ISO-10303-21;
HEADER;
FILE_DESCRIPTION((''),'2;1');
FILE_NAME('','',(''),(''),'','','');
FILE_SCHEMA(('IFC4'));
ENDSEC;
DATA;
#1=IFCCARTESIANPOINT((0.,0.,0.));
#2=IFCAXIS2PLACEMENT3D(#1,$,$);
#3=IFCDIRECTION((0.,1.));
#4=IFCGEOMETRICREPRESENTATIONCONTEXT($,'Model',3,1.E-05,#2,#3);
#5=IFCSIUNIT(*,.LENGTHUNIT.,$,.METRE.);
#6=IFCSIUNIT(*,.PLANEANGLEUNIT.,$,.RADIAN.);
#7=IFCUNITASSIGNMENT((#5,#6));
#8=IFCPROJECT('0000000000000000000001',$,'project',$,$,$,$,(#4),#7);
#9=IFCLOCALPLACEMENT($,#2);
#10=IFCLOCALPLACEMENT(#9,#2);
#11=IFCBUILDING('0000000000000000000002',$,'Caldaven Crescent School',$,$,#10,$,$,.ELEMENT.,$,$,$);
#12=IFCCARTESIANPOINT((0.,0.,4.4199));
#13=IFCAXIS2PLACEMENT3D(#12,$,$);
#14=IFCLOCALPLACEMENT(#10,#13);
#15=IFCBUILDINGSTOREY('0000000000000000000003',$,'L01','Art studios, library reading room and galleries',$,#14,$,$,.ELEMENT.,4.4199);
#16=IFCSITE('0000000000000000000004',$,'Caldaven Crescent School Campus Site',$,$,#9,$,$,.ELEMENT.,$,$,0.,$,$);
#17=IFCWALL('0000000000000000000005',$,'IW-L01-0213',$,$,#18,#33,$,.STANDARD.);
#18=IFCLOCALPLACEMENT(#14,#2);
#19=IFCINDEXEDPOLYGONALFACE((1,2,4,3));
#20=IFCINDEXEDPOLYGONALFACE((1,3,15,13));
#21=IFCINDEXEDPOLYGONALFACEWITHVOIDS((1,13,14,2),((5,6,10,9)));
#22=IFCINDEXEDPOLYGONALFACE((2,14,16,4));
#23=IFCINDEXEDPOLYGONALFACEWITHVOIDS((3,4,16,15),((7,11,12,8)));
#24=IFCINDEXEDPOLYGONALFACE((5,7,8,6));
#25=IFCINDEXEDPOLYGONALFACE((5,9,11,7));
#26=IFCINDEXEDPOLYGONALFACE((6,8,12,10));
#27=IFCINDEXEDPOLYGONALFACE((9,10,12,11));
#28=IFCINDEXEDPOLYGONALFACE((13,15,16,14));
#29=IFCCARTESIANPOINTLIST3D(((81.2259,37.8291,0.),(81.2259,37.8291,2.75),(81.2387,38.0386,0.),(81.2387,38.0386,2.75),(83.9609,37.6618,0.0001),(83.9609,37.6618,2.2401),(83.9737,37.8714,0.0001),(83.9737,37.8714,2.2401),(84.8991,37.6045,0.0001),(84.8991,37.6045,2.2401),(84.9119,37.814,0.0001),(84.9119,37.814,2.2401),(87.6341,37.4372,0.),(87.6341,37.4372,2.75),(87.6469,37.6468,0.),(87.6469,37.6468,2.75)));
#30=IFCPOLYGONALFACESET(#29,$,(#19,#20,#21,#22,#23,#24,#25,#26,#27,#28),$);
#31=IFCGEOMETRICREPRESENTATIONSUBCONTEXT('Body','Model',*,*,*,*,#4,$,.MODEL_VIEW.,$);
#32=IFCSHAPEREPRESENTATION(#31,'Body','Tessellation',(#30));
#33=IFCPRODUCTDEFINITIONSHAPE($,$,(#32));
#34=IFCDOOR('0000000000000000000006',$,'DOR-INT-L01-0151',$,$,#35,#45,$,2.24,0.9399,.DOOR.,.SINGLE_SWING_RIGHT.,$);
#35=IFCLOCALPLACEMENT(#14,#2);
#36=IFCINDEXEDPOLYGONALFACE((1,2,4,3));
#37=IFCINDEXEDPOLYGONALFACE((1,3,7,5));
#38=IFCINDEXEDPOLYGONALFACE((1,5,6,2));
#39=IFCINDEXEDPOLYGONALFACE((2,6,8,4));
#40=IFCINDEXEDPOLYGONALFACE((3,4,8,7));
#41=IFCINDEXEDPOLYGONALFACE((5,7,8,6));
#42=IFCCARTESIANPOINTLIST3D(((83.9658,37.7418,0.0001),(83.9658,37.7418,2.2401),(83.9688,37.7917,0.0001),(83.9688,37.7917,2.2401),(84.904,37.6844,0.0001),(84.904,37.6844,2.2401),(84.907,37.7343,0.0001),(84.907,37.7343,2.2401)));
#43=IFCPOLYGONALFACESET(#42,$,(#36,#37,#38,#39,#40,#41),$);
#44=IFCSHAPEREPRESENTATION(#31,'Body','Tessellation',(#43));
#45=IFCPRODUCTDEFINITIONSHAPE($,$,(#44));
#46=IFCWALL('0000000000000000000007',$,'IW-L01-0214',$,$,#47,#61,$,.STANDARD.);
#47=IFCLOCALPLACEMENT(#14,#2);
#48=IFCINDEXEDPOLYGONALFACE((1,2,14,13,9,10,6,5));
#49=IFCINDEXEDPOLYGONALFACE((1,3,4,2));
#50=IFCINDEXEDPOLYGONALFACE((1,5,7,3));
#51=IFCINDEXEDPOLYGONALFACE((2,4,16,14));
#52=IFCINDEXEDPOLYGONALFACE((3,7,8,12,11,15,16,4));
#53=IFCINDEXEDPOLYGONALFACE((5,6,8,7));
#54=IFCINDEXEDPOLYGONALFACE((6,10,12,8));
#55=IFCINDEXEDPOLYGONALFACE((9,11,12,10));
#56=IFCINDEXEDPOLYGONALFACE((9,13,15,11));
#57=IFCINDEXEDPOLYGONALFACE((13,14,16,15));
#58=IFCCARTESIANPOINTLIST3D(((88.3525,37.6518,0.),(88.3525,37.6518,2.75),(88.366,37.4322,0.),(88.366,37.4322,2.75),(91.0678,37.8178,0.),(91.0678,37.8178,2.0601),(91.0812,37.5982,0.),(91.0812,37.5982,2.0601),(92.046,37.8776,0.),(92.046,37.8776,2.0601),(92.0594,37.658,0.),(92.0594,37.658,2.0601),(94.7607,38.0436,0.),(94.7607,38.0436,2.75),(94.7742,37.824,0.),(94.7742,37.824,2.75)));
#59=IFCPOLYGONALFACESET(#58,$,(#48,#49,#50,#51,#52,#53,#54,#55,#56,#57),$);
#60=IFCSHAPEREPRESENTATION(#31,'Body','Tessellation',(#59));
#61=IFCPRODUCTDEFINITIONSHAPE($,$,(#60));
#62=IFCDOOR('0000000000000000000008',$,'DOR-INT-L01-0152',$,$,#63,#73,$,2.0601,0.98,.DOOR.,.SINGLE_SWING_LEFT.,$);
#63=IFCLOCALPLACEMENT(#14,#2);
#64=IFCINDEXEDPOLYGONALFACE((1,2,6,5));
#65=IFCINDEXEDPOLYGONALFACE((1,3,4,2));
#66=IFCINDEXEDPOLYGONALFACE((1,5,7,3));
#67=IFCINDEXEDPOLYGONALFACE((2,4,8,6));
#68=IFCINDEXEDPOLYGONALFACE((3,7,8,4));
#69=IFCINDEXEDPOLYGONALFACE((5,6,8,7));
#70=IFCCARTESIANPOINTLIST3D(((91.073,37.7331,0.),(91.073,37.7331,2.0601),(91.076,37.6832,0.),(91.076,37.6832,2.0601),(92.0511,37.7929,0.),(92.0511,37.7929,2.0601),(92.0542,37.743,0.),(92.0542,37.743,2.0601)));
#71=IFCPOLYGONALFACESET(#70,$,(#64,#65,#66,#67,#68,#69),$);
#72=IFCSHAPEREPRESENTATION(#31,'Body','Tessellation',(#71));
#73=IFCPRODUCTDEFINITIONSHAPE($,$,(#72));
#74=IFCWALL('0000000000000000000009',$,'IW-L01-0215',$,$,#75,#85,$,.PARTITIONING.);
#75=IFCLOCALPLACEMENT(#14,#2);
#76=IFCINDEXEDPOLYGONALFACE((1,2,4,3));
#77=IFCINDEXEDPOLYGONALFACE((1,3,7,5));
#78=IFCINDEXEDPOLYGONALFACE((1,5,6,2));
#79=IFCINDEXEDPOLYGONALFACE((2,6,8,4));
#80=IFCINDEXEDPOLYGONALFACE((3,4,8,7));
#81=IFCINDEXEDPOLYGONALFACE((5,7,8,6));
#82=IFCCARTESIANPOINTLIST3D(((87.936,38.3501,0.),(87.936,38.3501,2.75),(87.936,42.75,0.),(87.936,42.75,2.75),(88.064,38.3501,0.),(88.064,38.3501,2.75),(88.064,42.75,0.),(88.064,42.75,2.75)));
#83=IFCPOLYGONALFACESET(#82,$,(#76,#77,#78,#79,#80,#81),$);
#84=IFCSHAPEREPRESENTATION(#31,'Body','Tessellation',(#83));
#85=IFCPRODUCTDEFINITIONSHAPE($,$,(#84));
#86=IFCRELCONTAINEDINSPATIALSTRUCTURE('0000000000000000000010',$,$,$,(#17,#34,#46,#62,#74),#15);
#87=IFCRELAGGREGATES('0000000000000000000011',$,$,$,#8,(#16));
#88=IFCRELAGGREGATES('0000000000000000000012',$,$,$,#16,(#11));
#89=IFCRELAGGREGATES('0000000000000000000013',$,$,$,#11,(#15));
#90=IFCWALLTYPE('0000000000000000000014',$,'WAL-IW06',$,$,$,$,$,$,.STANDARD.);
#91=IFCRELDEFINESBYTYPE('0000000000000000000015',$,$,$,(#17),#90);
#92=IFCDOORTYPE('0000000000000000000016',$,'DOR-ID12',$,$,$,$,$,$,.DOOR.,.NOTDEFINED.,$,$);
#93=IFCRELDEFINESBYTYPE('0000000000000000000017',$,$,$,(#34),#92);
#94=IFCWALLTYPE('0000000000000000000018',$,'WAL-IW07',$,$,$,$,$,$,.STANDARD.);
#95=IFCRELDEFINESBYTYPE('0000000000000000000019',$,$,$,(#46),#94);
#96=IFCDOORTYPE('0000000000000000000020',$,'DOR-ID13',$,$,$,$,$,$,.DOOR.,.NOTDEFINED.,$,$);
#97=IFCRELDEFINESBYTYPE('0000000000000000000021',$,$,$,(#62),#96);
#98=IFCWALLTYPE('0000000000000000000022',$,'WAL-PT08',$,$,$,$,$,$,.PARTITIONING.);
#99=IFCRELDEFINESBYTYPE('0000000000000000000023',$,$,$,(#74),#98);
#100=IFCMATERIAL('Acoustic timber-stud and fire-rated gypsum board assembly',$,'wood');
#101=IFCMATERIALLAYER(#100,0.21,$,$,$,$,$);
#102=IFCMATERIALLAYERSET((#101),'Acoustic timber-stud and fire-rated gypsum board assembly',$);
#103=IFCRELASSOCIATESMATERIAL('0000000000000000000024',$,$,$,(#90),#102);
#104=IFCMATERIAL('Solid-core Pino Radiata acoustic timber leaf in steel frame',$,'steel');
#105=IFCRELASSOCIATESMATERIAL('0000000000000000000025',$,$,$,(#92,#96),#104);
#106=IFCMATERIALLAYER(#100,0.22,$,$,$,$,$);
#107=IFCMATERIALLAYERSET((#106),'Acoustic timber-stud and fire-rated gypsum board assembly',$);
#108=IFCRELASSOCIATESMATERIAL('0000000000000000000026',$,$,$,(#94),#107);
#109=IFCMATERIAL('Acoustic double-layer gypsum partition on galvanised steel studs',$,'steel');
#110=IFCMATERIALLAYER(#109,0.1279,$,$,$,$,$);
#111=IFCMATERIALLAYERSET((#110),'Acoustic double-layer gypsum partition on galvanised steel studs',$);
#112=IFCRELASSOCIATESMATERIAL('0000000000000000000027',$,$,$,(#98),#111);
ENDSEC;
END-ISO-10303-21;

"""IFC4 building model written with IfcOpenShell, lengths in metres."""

from ifc_helpers import new_model, si_unit, direction, frame, frame_2d, origin, place, context, subcontext, project, spatial, rectangle, extrude, material, layer, layer_set, type_object, element, fill, save


model = new_model("IFC4")

# Units and contexts
model_context = context("Model", 3, precision=1e-05, world=origin(), true_north=direction((0.0, 1.0)))
body_context = subcontext(model_context, "Body", "Model", "MODEL_VIEW")
ifc_project = project(units=[si_unit("LENGTHUNIT", "METRE"), si_unit("PLANEANGLEUNIT", "RADIAN")], contexts=[model_context])

# Site, building, storey
site_placement = place(None, origin())
site = spatial("IfcSite", under=ifc_project, at=site_placement, Name="Caldaven Crescent School Campus Site", CompositionType="ELEMENT", RefElevation=0.0)
building_placement = place(site_placement, origin())
building = spatial("IfcBuilding", under=site, at=building_placement, Name="Caldaven Crescent School", CompositionType="ELEMENT")
storey_placement = place(building_placement, frame((0.0, 0.0, 4.4199)))
storey = spatial("IfcBuildingStorey", under=building, at=storey_placement, Name="L01", Description="Art studios, library reading room and galleries", CompositionType="ELEMENT", Elevation=4.4199)

# Walls, openings, doors
ifc_material_1 = material(Name="Acoustic timber-stud and fire-rated gypsum board assembly", Category="wood")
ifc_layer_1 = layer(ifc_material_1, 0.21)
ifc_layer_set_1 = layer_set([ifc_layer_1], Name="Acoustic timber-stud and fire-rated gypsum board assembly")
wall_type_1 = type_object("IfcWallType", Name="WAL-IW06", PredefinedType="STANDARD", material=ifc_layer_set_1)
wall_1_placement = place(storey_placement, frame((81.2324, 37.9338, 0.0), z_axis=(0.0, 0.0, 1.0), x_axis=(0.998136, -0.061034, 0.0)))
wall_1 = element("IfcWall", 1, at=wall_1_placement, inside=storey, type_object=wall_type_1, Name="IW-L01-0213", PredefinedType="STANDARD", context=body_context, shape_type="SweptSolid", body=[
    extrude(rectangle(XDim=6.4202, YDim=0.21, at=frame_2d((3.21, 0.0))), origin(), (0.0, 0.0, 1.0), 2.75),
])
opening_1_placement = place(wall_1_placement, frame((2.74, 0.0, 0.0)))
opening_1 = element("IfcOpeningElement", 2, at=opening_1_placement, cuts=wall_1, PredefinedType="OPENING", context=body_context, shape_type="SweptSolid", body=[
    extrude(rectangle(XDim=0.9399, YDim=2.24, at=frame_2d((0.47, 1.1201))), frame((0.0, 0.115, 0.0), z_axis=(0.0, -1.0, 0.0), x_axis=(1.0, 0.0, 0.0)), (0.0, 0.0, 1.0), 0.23),
])
ifc_material_2 = material(Name="Solid-core Pino Radiata acoustic timber leaf in steel frame", Category="steel")
door_type_1 = type_object("IfcDoorType", Name="DOR-ID12", OperationType="NOTDEFINED", PredefinedType="DOOR", material=ifc_material_2)
door_1_placement = place(opening_1_placement, frame((0.9399, 0.0, 0.0), z_axis=(0.0, 0.0, 1.0), x_axis=(-1.0, 0.0, 0.0)))
door_1 = element("IfcDoor", 3, at=door_1_placement, inside=storey, type_object=door_type_1, Name="DOR-INT-L01-0151", OperationType="SINGLE_SWING_RIGHT", OverallHeight=2.24, OverallWidth=0.9399, PredefinedType="DOOR", context=body_context, shape_type="SweptSolid", body=[
    extrude(rectangle(XDim=0.9399, YDim=2.24, at=frame_2d((0.47, 1.1201))), frame((0.0, 0.0249, 0.0), z_axis=(0.0, -1.0, 0.0), x_axis=(1.0, 0.0, 0.0)), (0.0, 0.0, 1.0), 0.05),
])
fill(opening_1, door_1)
ifc_layer_2 = layer(ifc_material_1, 0.22)
ifc_layer_set_2 = layer_set([ifc_layer_2], Name="Acoustic timber-stud and fire-rated gypsum board assembly")
wall_type_2 = type_object("IfcWallType", Name="WAL-IW07", PredefinedType="STANDARD", material=ifc_layer_set_2)
wall_2_placement = place(storey_placement, frame((88.3594, 37.542, 0.0), z_axis=(0.0, 0.0, 1.0), x_axis=(0.998136, 0.061034, 0.0)))
wall_2 = element("IfcWall", 4, at=wall_2_placement, inside=storey, type_object=wall_type_2, Name="IW-L01-0214", PredefinedType="STANDARD", context=body_context, shape_type="SweptSolid", body=[
    extrude(rectangle(XDim=6.4202, YDim=0.22, at=frame_2d((3.21, 0.0))), origin(), (0.0, 0.0, 1.0), 2.75),
])
opening_2_placement = place(wall_2_placement, frame((2.7202, 0.0, 0.0)))
opening_2 = element("IfcOpeningElement", 5, at=opening_2_placement, cuts=wall_2, PredefinedType="OPENING", context=body_context, shape_type="SweptSolid", body=[
    extrude(rectangle(XDim=0.98, YDim=2.0601, at=frame_2d((0.49, 1.03))), frame((0.0, 0.1199, 0.0), z_axis=(0.0, -1.0, 0.0), x_axis=(1.0, 0.0, 0.0)), (0.0, 0.0, 1.0), 0.24),
])
door_type_2 = type_object("IfcDoorType", Name="DOR-ID13", OperationType="NOTDEFINED", PredefinedType="DOOR", material=ifc_material_2)
door_2_placement = place(opening_2_placement, frame((0.98, 0.0, 0.0), z_axis=(0.0, 0.0, 1.0), x_axis=(-1.0, 0.0, 0.0)))
door_2 = element("IfcDoor", 6, at=door_2_placement, inside=storey, type_object=door_type_2, Name="DOR-INT-L01-0152", OperationType="SINGLE_SWING_LEFT", OverallHeight=2.0601, OverallWidth=0.98, PredefinedType="DOOR", context=body_context, shape_type="SweptSolid", body=[
    extrude(rectangle(XDim=0.98, YDim=2.0601, at=frame_2d((0.49, 1.03))), frame((0.0, 0.0249, 0.0), z_axis=(0.0, -1.0, 0.0), x_axis=(1.0, 0.0, 0.0)), (0.0, 0.0, 1.0), 0.05),
])
fill(opening_2, door_2)

# Wall
ifc_material_3 = material(Name="Acoustic double-layer gypsum partition on galvanised steel studs", Category="steel")
ifc_layer_3 = layer(ifc_material_3, 0.1279)
ifc_layer_set_3 = layer_set([ifc_layer_3], Name="Acoustic double-layer gypsum partition on galvanised steel studs")
wall_type_3 = type_object("IfcWallType", Name="WAL-PT08", PredefinedType="PARTITIONING", material=ifc_layer_set_3)
wall_3_placement = place(storey_placement, frame((88.0, 42.75, 0.0), z_axis=(0.0, 0.0, 1.0), x_axis=(0.0, -1.0, 0.0)))
element("IfcWall", 7, at=wall_3_placement, inside=storey, type_object=wall_type_3, Name="IW-L01-0215", PredefinedType="PARTITIONING", context=body_context, shape_type="SweptSolid", body=[
    extrude(rectangle(XDim=4.3999, YDim=0.1279, at=frame_2d((2.2, 0.0))), origin(), (0.0, 0.0, 1.0), 2.75),
])

save(model, "model.ifc")
